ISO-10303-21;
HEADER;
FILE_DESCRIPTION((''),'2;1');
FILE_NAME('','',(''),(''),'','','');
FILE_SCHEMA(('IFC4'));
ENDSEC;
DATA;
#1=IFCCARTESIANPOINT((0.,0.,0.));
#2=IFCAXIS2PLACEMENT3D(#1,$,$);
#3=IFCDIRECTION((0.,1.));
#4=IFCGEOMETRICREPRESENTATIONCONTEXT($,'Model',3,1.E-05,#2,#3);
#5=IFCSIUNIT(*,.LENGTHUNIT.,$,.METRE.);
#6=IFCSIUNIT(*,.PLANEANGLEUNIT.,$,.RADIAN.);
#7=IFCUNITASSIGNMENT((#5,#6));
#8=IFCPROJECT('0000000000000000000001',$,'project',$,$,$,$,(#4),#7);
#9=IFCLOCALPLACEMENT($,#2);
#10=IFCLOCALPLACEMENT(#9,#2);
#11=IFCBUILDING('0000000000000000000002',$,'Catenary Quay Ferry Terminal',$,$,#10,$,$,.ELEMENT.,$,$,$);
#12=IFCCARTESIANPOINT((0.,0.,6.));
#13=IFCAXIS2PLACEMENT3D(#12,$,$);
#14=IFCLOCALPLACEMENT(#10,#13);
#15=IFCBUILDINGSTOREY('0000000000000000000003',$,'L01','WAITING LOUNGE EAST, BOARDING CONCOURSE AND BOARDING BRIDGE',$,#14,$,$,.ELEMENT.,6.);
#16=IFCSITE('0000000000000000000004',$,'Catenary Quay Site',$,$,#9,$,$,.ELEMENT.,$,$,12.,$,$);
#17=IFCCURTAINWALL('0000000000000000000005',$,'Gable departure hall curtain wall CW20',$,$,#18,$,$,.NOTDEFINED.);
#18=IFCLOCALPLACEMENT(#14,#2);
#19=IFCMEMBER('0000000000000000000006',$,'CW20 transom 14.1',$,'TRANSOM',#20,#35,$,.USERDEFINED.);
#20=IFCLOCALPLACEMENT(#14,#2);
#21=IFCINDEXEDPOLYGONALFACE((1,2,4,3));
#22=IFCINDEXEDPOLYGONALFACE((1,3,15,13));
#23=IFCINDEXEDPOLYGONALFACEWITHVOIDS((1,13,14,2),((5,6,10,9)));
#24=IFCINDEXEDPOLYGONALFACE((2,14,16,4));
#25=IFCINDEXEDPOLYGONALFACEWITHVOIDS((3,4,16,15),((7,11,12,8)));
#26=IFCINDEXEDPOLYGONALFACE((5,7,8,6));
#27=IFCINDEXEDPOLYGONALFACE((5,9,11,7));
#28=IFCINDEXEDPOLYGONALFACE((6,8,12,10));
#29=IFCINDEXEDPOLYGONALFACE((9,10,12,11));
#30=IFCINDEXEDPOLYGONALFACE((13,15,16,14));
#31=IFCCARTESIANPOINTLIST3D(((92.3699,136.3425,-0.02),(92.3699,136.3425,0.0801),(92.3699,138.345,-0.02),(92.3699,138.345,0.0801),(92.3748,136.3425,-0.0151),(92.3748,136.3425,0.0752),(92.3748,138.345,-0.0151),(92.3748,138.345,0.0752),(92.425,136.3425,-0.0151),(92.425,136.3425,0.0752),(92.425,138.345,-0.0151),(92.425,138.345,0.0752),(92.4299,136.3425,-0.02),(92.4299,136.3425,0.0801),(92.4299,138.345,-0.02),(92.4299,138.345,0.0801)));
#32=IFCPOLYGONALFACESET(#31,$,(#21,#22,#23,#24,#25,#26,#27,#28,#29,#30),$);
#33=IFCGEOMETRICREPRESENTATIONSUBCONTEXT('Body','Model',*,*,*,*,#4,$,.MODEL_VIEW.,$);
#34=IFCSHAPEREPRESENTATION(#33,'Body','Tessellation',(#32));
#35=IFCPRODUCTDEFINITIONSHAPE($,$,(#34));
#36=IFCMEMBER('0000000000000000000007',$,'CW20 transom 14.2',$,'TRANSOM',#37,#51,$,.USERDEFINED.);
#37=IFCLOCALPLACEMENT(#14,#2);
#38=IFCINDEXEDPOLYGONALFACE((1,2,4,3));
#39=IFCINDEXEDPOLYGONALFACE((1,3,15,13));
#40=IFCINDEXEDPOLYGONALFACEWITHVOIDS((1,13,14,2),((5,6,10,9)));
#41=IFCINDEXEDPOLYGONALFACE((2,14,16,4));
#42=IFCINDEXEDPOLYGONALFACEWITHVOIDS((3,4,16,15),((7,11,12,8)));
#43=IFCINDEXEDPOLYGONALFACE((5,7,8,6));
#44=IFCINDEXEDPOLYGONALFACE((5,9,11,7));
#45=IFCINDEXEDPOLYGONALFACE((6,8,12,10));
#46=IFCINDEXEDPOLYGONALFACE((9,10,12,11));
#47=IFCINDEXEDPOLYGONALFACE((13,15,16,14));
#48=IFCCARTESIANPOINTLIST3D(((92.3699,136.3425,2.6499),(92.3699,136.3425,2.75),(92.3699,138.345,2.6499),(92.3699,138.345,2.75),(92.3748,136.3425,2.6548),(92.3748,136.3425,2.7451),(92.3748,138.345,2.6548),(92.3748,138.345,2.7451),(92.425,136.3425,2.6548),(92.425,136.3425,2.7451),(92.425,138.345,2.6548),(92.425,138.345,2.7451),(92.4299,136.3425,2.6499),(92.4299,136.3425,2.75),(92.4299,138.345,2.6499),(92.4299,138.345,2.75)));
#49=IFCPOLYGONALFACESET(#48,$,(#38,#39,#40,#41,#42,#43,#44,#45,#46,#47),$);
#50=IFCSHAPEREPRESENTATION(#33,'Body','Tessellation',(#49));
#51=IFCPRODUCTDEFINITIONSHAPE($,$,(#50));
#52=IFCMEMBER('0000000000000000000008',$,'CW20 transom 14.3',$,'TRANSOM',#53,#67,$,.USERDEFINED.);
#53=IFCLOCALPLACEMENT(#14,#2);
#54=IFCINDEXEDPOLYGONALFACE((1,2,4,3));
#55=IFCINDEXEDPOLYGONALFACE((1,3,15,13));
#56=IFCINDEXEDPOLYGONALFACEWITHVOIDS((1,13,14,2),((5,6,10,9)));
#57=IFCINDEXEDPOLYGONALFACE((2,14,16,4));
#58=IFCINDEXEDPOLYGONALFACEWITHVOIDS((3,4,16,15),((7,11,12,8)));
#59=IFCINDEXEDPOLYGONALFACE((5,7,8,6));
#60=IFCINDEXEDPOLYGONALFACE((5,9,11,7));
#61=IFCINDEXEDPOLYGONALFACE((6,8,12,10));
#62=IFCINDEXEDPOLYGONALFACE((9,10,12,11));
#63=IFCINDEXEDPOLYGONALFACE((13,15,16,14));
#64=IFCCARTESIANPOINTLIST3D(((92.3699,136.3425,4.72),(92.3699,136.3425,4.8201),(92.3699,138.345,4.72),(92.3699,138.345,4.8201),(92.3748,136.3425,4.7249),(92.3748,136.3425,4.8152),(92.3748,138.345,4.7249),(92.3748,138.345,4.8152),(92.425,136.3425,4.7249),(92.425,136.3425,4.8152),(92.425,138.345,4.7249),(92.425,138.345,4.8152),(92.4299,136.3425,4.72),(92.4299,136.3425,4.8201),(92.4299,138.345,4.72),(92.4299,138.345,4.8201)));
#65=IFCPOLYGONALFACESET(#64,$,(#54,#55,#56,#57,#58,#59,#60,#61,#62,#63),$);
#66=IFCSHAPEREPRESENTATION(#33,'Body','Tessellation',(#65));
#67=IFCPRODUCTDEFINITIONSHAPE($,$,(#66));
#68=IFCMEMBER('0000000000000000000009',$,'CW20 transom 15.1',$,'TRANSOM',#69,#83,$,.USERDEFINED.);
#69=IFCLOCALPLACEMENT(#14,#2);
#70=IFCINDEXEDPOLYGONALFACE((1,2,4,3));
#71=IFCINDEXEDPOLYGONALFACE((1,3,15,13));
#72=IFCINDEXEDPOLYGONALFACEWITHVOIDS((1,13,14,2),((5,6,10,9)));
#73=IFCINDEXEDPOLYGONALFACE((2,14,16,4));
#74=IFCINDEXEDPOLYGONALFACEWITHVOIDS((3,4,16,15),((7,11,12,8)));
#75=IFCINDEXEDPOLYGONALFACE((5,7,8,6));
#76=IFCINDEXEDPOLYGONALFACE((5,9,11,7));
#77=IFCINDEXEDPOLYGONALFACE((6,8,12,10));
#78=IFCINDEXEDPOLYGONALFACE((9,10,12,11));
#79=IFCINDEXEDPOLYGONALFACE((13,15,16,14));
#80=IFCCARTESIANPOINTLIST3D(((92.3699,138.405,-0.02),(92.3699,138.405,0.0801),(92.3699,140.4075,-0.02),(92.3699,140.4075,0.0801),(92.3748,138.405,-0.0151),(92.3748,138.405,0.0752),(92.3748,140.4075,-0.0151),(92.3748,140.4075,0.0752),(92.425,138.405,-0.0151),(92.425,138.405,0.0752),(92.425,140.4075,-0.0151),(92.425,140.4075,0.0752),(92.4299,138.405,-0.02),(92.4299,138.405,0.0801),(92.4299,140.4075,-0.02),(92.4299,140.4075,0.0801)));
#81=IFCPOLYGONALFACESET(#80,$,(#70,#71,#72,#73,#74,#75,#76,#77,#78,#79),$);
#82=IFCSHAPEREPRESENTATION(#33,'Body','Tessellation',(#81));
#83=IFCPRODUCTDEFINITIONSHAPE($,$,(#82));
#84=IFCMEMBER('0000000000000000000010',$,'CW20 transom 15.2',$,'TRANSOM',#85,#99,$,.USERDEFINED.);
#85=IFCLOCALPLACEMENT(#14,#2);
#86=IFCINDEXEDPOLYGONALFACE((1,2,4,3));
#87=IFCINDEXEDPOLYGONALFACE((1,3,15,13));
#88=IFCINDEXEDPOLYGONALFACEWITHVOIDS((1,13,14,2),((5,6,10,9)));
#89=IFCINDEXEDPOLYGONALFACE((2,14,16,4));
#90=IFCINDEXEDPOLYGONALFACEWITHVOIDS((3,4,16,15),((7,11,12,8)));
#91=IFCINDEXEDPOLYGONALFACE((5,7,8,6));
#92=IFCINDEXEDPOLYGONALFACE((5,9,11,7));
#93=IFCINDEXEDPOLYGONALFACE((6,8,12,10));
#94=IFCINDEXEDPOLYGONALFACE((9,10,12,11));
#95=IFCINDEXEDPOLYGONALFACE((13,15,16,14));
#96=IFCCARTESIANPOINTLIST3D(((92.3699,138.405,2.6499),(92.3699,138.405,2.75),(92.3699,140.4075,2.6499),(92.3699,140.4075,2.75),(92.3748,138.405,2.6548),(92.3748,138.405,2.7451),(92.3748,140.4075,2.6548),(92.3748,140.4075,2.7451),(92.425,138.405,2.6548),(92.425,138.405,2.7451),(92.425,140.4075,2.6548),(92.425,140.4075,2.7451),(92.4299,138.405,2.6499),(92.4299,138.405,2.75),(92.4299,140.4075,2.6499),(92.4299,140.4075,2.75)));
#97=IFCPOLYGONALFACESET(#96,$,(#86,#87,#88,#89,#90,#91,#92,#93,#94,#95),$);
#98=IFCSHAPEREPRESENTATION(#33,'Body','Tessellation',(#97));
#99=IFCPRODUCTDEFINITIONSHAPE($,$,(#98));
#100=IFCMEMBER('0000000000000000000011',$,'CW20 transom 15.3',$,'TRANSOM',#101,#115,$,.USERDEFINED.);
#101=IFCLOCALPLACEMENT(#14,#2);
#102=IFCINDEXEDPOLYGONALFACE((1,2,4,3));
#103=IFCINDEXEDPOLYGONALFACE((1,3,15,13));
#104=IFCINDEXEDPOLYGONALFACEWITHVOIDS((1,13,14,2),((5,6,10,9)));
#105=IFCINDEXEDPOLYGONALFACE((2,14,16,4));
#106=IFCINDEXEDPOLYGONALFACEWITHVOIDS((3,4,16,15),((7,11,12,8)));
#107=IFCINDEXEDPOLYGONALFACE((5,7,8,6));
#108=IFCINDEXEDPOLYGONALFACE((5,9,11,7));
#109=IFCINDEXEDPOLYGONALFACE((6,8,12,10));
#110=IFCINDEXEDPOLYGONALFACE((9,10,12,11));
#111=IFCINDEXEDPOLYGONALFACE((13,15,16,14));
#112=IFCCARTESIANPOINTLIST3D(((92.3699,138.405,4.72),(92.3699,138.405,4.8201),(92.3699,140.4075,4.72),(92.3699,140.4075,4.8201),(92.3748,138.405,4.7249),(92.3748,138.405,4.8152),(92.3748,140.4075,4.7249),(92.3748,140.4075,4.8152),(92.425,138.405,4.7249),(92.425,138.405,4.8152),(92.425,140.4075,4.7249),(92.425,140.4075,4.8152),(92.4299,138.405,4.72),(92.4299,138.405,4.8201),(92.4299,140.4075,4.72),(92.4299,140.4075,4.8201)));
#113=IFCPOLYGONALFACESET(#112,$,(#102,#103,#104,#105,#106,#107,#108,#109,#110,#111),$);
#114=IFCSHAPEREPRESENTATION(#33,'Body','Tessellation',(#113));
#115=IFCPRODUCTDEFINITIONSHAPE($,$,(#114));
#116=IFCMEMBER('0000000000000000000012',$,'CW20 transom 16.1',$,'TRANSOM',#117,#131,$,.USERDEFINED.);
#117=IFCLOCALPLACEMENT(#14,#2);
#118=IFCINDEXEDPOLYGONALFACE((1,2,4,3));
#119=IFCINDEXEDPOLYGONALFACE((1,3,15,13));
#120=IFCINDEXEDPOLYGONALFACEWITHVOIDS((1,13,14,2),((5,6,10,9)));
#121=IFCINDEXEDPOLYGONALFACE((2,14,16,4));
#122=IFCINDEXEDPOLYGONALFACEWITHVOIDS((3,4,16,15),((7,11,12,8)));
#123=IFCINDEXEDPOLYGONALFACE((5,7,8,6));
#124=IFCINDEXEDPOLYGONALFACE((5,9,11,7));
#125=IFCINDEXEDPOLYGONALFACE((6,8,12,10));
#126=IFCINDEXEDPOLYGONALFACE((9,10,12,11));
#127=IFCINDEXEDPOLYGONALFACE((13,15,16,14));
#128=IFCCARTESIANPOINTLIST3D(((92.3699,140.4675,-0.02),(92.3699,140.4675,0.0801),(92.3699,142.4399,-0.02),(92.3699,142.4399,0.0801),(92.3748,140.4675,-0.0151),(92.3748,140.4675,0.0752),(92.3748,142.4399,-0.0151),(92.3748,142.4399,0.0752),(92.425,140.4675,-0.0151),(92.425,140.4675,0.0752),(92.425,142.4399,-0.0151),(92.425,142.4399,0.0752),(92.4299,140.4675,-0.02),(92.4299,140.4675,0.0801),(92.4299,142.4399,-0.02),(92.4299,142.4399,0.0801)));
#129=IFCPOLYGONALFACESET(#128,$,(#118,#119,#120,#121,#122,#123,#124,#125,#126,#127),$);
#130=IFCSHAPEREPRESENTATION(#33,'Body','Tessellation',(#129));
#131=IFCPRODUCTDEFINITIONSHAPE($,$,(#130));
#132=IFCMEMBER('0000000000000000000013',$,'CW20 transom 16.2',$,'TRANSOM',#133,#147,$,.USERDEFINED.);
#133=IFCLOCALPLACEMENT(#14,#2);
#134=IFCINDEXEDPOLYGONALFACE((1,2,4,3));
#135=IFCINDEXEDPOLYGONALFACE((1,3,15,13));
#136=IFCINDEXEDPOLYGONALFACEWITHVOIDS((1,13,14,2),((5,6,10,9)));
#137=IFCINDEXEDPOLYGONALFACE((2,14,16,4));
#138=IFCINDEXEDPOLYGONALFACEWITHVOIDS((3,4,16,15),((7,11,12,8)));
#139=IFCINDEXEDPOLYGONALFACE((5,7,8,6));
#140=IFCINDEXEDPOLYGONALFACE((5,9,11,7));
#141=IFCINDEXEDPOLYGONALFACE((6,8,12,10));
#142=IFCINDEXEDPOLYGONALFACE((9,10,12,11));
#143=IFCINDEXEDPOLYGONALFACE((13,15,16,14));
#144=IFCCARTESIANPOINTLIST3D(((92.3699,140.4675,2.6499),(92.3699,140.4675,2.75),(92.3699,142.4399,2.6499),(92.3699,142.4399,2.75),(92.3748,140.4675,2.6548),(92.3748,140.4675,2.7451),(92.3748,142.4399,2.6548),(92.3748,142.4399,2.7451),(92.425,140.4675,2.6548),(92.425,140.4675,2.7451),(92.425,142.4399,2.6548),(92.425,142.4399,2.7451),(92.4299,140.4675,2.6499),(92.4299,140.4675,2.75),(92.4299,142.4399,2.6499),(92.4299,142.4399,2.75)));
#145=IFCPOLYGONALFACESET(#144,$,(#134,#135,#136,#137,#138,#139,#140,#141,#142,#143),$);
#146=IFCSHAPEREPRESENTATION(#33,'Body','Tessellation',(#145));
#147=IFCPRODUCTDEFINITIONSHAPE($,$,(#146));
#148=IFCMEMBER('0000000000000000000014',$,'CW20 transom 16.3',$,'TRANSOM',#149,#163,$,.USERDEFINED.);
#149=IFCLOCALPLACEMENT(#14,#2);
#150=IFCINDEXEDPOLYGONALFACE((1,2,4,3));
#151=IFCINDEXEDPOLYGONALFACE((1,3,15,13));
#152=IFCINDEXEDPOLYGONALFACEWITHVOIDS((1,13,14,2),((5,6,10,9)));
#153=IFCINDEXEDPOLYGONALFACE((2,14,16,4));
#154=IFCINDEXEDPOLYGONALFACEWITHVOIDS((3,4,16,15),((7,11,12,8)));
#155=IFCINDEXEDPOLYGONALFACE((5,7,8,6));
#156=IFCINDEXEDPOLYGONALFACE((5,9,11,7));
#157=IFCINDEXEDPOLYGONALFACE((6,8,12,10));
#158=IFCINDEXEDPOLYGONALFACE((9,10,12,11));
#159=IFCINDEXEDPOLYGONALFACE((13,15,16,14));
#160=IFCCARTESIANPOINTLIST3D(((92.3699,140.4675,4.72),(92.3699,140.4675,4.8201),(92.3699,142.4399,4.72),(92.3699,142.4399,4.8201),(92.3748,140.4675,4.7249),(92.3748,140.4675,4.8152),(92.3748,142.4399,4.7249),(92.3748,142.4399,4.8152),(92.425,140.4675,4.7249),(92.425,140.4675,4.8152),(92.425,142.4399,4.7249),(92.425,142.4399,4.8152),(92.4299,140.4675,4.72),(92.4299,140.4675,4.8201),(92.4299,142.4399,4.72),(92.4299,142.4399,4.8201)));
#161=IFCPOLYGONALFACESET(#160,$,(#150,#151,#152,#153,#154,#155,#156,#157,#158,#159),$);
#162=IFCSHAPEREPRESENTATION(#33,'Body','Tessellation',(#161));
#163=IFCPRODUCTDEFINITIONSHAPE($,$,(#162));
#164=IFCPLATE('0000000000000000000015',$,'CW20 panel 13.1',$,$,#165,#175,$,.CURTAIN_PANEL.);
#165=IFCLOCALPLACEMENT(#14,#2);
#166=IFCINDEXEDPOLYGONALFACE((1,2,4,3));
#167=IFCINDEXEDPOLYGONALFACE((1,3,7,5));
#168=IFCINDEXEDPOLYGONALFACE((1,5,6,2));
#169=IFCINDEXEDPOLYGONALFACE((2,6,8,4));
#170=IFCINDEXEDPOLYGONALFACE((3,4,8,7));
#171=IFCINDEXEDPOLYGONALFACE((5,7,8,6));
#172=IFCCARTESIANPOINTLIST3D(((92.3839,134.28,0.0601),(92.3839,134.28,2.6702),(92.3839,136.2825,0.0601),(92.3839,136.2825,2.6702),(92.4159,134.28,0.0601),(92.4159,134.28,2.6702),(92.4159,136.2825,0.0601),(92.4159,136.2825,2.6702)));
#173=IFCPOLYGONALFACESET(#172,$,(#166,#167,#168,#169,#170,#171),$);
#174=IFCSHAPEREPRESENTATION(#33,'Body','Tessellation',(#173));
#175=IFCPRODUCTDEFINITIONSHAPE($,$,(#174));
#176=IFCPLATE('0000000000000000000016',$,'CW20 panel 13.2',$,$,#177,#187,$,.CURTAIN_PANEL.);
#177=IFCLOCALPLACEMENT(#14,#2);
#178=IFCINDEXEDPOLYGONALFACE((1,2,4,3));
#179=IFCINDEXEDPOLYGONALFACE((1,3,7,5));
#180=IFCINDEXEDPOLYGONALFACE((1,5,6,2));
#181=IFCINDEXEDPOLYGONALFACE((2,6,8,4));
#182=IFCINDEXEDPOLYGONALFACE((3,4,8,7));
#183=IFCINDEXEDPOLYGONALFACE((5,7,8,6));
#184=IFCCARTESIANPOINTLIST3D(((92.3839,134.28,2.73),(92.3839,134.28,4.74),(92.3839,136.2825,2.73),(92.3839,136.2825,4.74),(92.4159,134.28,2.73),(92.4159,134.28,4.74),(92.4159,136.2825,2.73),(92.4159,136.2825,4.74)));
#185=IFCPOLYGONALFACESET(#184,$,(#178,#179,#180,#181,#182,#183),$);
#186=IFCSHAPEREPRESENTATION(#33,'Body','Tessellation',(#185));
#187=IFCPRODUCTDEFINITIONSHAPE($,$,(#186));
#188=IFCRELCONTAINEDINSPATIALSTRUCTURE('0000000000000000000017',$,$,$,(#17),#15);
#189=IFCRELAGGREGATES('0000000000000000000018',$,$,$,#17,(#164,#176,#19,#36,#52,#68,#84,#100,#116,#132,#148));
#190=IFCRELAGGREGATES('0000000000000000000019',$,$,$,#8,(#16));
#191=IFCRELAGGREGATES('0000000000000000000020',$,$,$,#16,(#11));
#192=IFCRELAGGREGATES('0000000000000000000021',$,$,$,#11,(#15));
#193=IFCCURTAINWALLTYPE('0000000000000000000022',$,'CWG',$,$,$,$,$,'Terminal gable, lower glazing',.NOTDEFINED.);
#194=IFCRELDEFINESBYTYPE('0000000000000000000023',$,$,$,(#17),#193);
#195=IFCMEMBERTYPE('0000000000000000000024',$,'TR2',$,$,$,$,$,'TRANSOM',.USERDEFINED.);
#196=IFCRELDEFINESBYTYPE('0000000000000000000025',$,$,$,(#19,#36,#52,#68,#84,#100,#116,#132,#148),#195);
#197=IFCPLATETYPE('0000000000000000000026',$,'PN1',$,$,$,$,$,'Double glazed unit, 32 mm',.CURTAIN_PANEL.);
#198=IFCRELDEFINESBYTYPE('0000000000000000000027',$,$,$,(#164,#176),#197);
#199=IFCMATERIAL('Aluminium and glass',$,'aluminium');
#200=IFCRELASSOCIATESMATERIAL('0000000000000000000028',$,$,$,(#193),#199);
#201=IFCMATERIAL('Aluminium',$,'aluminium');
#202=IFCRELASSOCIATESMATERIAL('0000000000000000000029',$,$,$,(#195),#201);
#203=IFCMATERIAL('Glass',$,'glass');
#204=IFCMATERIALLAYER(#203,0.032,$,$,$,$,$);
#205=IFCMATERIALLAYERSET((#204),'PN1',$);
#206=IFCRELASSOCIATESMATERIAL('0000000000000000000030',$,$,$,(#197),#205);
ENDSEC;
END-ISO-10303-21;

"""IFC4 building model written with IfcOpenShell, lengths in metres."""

from ifc_helpers import new_model, si_unit, direction, frame, origin, origin_2d, place, context, subcontext, project, spatial, rectangle, hollow_rectangle, extrude, material, layer, layer_set, material_profile, profile_set, type_object, element, aggregate, save


model = new_model("IFC4")

# Units and contexts
model_context = context("Model", 3, precision=1e-05, world=origin(), true_north=direction((0.0, 1.0)))
body_context = subcontext(model_context, "Body", "Model", "MODEL_VIEW")
ifc_project = project(units=[si_unit("LENGTHUNIT", "METRE"), si_unit("PLANEANGLEUNIT", "RADIAN")], contexts=[model_context])

# Site, building, storey
site_placement = place(None, origin())
site = spatial("IfcSite", under=ifc_project, at=site_placement, Name="Catenary Quay Site", CompositionType="ELEMENT", RefElevation=12.0)
building_placement = place(site_placement, origin())
building = spatial("IfcBuilding", under=site, at=building_placement, Name="Catenary Quay Ferry Terminal", CompositionType="ELEMENT")
storey_placement = place(building_placement, frame((0.0, 0.0, 6.0)))
storey = spatial("IfcBuildingStorey", under=building, at=storey_placement, Name="L01", Description="WAITING LOUNGE EAST, BOARDING CONCOURSE AND BOARDING BRIDGE", CompositionType="ELEMENT", Elevation=6.0)

# Curtain wall, members, plates
ifc_material_1 = material(Name="Aluminium and glass", Category="aluminium")
curtain_wall_type = type_object("IfcCurtainWallType", Name="CWG", ElementType="Terminal gable, lower glazing", PredefinedType="NOTDEFINED", material=ifc_material_1)
curtain_wall_placement = place(storey_placement, origin())
curtain_wall = element("IfcCurtainWall", 1, at=curtain_wall_placement, inside=storey, type_object=curtain_wall_type, Name="Gable departure hall curtain wall CW20", PredefinedType="NOTDEFINED")
ifc_material_2 = material(Name="Aluminium", Category="aluminium")
ifc_material_profile_1 = material_profile(ifc_material_2, hollow_rectangle(XDim=0.0601, YDim=0.1001, WallThickness=0.0049, at=origin_2d()), Name="TR2")
ifc_profile_set_1 = profile_set([ifc_material_profile_1], Name="Aluminium")
member_type_1 = type_object("IfcMemberType", Name="TR2", ElementType="TRANSOM", PredefinedType="USERDEFINED", material=ifc_profile_set_1)
member_1_placement = place(storey_placement, frame((92.3999, 136.3425, 0.03), z_axis=(0.0, 1.0, 0.0), x_axis=(-1.0, 0.0, 0.0)))
member_1 = element("IfcMember", 2, at=member_1_placement, type_object=member_type_1, Name="CW20 transom 14.1", ObjectType="TRANSOM", PredefinedType="USERDEFINED", context=body_context, shape_type="SweptSolid", body=[
    extrude(hollow_rectangle(XDim=0.0601, YDim=0.1001, WallThickness=0.0049, at=origin_2d()), origin(), (0.0, 0.0, 1.0), 2.0024),
])
member_2_placement = place(storey_placement, frame((92.3999, 136.3425, 2.7), z_axis=(0.0, 1.0, 0.0), x_axis=(-1.0, 0.0, 0.0)))
member_2 = element("IfcMember", 3, at=member_2_placement, type_object=member_type_1, Name="CW20 transom 14.2", ObjectType="TRANSOM", PredefinedType="USERDEFINED", context=body_context, shape_type="SweptSolid", body=[
    extrude(hollow_rectangle(XDim=0.0601, YDim=0.1001, WallThickness=0.0049, at=origin_2d()), origin(), (0.0, 0.0, 1.0), 2.0024),
])
member_3_placement = place(storey_placement, frame((92.3999, 136.3425, 4.77), z_axis=(0.0, 1.0, 0.0), x_axis=(-1.0, 0.0, 0.0)))
member_3 = element("IfcMember", 4, at=member_3_placement, type_object=member_type_1, Name="CW20 transom 14.3", ObjectType="TRANSOM", PredefinedType="USERDEFINED", context=body_context, shape_type="SweptSolid", body=[
    extrude(hollow_rectangle(XDim=0.0601, YDim=0.1001, WallThickness=0.0049, at=origin_2d()), origin(), (0.0, 0.0, 1.0), 2.0024),
])
member_4_placement = place(storey_placement, frame((92.3999, 138.405, 0.03), z_axis=(0.0, 1.0, 0.0), x_axis=(-1.0, 0.0, 0.0)))
member_4 = element("IfcMember", 5, at=member_4_placement, type_object=member_type_1, Name="CW20 transom 15.1", ObjectType="TRANSOM", PredefinedType="USERDEFINED", context=body_context, shape_type="SweptSolid", body=[
    extrude(hollow_rectangle(XDim=0.0601, YDim=0.1001, WallThickness=0.0049, at=origin_2d()), origin(), (0.0, 0.0, 1.0), 2.0024),
])
member_5_placement = place(storey_placement, frame((92.3999, 138.405, 2.7), z_axis=(0.0, 1.0, 0.0), x_axis=(-1.0, 0.0, 0.0)))
member_5 = element("IfcMember", 6, at=member_5_placement, type_object=member_type_1, Name="CW20 transom 15.2", ObjectType="TRANSOM", PredefinedType="USERDEFINED", context=body_context, shape_type="SweptSolid", body=[
    extrude(hollow_rectangle(XDim=0.0601, YDim=0.1001, WallThickness=0.0049, at=origin_2d()), origin(), (0.0, 0.0, 1.0), 2.0024),
])
member_6_placement = place(storey_placement, frame((92.3999, 138.405, 4.77), z_axis=(0.0, 1.0, 0.0), x_axis=(-1.0, 0.0, 0.0)))
member_6 = element("IfcMember", 7, at=member_6_placement, type_object=member_type_1, Name="CW20 transom 15.3", ObjectType="TRANSOM", PredefinedType="USERDEFINED", context=body_context, shape_type="SweptSolid", body=[
    extrude(hollow_rectangle(XDim=0.0601, YDim=0.1001, WallThickness=0.0049, at=origin_2d()), origin(), (0.0, 0.0, 1.0), 2.0024),
])
member_7_placement = place(storey_placement, frame((92.3999, 140.4675, 0.03), z_axis=(0.0, 1.0, 0.0), x_axis=(-1.0, 0.0, 0.0)))
member_7 = element("IfcMember", 8, at=member_7_placement, type_object=member_type_1, Name="CW20 transom 16.1", ObjectType="TRANSOM", PredefinedType="USERDEFINED", context=body_context, shape_type="SweptSolid", body=[
    extrude(hollow_rectangle(XDim=0.0601, YDim=0.1001, WallThickness=0.0049, at=origin_2d()), origin(), (0.0, 0.0, 1.0), 1.9724),
])
member_8_placement = place(storey_placement, frame((92.3999, 140.4675, 2.7), z_axis=(0.0, 1.0, 0.0), x_axis=(-1.0, 0.0, 0.0)))
member_8 = element("IfcMember", 9, at=member_8_placement, type_object=member_type_1, Name="CW20 transom 16.2", ObjectType="TRANSOM", PredefinedType="USERDEFINED", context=body_context, shape_type="SweptSolid", body=[
    extrude(hollow_rectangle(XDim=0.0601, YDim=0.1001, WallThickness=0.0049, at=origin_2d()), origin(), (0.0, 0.0, 1.0), 1.9724),
])
member_9_placement = place(storey_placement, frame((92.3999, 140.4675, 4.77), z_axis=(0.0, 1.0, 0.0), x_axis=(-1.0, 0.0, 0.0)))
member_9 = element("IfcMember", 10, at=member_9_placement, type_object=member_type_1, Name="CW20 transom 16.3", ObjectType="TRANSOM", PredefinedType="USERDEFINED", context=body_context, shape_type="SweptSolid", body=[
    extrude(hollow_rectangle(XDim=0.0601, YDim=0.1001, WallThickness=0.0049, at=origin_2d()), origin(), (0.0, 0.0, 1.0), 1.9724),
])
ifc_material_3 = material(Name="Glass", Category="glass")
ifc_layer = layer(ifc_material_3, 0.032)
ifc_layer_set = layer_set([ifc_layer], Name="PN1")
plate_type = type_object("IfcPlateType", Name="PN1", ElementType="Double glazed unit, 32 mm", PredefinedType="CURTAIN_PANEL", material=ifc_layer_set)
plate_1_placement = place(storey_placement, frame((92.3999, 135.2812, 0.0601), z_axis=(0.0, 0.0, 1.0), x_axis=(0.0, 1.0, 0.0)))
plate_1 = element("IfcPlate", 11, at=plate_1_placement, type_object=plate_type, Name="CW20 panel 13.1", PredefinedType="CURTAIN_PANEL", context=body_context, shape_type="SweptSolid", body=[
    extrude(rectangle(XDim=2.0024, YDim=0.032, at=origin_2d()), origin(), (0.0, 0.0, 1.0), 2.6101),
])
plate_2_placement = place(storey_placement, frame((92.3999, 135.2812, 2.73), z_axis=(0.0, 0.0, 1.0), x_axis=(0.0, 1.0, 0.0)))
plate_2 = element("IfcPlate", 12, at=plate_2_placement, type_object=plate_type, Name="CW20 panel 13.2", PredefinedType="CURTAIN_PANEL", context=body_context, shape_type="SweptSolid", body=[
    extrude(rectangle(XDim=2.0024, YDim=0.032, at=origin_2d()), origin(), (0.0, 0.0, 1.0), 2.01),
])
aggregate(curtain_wall, [plate_1, plate_2, member_1, member_2, member_3, member_4, member_5, member_6, member_7, member_8, member_9])

save(model, "model.ifc")
